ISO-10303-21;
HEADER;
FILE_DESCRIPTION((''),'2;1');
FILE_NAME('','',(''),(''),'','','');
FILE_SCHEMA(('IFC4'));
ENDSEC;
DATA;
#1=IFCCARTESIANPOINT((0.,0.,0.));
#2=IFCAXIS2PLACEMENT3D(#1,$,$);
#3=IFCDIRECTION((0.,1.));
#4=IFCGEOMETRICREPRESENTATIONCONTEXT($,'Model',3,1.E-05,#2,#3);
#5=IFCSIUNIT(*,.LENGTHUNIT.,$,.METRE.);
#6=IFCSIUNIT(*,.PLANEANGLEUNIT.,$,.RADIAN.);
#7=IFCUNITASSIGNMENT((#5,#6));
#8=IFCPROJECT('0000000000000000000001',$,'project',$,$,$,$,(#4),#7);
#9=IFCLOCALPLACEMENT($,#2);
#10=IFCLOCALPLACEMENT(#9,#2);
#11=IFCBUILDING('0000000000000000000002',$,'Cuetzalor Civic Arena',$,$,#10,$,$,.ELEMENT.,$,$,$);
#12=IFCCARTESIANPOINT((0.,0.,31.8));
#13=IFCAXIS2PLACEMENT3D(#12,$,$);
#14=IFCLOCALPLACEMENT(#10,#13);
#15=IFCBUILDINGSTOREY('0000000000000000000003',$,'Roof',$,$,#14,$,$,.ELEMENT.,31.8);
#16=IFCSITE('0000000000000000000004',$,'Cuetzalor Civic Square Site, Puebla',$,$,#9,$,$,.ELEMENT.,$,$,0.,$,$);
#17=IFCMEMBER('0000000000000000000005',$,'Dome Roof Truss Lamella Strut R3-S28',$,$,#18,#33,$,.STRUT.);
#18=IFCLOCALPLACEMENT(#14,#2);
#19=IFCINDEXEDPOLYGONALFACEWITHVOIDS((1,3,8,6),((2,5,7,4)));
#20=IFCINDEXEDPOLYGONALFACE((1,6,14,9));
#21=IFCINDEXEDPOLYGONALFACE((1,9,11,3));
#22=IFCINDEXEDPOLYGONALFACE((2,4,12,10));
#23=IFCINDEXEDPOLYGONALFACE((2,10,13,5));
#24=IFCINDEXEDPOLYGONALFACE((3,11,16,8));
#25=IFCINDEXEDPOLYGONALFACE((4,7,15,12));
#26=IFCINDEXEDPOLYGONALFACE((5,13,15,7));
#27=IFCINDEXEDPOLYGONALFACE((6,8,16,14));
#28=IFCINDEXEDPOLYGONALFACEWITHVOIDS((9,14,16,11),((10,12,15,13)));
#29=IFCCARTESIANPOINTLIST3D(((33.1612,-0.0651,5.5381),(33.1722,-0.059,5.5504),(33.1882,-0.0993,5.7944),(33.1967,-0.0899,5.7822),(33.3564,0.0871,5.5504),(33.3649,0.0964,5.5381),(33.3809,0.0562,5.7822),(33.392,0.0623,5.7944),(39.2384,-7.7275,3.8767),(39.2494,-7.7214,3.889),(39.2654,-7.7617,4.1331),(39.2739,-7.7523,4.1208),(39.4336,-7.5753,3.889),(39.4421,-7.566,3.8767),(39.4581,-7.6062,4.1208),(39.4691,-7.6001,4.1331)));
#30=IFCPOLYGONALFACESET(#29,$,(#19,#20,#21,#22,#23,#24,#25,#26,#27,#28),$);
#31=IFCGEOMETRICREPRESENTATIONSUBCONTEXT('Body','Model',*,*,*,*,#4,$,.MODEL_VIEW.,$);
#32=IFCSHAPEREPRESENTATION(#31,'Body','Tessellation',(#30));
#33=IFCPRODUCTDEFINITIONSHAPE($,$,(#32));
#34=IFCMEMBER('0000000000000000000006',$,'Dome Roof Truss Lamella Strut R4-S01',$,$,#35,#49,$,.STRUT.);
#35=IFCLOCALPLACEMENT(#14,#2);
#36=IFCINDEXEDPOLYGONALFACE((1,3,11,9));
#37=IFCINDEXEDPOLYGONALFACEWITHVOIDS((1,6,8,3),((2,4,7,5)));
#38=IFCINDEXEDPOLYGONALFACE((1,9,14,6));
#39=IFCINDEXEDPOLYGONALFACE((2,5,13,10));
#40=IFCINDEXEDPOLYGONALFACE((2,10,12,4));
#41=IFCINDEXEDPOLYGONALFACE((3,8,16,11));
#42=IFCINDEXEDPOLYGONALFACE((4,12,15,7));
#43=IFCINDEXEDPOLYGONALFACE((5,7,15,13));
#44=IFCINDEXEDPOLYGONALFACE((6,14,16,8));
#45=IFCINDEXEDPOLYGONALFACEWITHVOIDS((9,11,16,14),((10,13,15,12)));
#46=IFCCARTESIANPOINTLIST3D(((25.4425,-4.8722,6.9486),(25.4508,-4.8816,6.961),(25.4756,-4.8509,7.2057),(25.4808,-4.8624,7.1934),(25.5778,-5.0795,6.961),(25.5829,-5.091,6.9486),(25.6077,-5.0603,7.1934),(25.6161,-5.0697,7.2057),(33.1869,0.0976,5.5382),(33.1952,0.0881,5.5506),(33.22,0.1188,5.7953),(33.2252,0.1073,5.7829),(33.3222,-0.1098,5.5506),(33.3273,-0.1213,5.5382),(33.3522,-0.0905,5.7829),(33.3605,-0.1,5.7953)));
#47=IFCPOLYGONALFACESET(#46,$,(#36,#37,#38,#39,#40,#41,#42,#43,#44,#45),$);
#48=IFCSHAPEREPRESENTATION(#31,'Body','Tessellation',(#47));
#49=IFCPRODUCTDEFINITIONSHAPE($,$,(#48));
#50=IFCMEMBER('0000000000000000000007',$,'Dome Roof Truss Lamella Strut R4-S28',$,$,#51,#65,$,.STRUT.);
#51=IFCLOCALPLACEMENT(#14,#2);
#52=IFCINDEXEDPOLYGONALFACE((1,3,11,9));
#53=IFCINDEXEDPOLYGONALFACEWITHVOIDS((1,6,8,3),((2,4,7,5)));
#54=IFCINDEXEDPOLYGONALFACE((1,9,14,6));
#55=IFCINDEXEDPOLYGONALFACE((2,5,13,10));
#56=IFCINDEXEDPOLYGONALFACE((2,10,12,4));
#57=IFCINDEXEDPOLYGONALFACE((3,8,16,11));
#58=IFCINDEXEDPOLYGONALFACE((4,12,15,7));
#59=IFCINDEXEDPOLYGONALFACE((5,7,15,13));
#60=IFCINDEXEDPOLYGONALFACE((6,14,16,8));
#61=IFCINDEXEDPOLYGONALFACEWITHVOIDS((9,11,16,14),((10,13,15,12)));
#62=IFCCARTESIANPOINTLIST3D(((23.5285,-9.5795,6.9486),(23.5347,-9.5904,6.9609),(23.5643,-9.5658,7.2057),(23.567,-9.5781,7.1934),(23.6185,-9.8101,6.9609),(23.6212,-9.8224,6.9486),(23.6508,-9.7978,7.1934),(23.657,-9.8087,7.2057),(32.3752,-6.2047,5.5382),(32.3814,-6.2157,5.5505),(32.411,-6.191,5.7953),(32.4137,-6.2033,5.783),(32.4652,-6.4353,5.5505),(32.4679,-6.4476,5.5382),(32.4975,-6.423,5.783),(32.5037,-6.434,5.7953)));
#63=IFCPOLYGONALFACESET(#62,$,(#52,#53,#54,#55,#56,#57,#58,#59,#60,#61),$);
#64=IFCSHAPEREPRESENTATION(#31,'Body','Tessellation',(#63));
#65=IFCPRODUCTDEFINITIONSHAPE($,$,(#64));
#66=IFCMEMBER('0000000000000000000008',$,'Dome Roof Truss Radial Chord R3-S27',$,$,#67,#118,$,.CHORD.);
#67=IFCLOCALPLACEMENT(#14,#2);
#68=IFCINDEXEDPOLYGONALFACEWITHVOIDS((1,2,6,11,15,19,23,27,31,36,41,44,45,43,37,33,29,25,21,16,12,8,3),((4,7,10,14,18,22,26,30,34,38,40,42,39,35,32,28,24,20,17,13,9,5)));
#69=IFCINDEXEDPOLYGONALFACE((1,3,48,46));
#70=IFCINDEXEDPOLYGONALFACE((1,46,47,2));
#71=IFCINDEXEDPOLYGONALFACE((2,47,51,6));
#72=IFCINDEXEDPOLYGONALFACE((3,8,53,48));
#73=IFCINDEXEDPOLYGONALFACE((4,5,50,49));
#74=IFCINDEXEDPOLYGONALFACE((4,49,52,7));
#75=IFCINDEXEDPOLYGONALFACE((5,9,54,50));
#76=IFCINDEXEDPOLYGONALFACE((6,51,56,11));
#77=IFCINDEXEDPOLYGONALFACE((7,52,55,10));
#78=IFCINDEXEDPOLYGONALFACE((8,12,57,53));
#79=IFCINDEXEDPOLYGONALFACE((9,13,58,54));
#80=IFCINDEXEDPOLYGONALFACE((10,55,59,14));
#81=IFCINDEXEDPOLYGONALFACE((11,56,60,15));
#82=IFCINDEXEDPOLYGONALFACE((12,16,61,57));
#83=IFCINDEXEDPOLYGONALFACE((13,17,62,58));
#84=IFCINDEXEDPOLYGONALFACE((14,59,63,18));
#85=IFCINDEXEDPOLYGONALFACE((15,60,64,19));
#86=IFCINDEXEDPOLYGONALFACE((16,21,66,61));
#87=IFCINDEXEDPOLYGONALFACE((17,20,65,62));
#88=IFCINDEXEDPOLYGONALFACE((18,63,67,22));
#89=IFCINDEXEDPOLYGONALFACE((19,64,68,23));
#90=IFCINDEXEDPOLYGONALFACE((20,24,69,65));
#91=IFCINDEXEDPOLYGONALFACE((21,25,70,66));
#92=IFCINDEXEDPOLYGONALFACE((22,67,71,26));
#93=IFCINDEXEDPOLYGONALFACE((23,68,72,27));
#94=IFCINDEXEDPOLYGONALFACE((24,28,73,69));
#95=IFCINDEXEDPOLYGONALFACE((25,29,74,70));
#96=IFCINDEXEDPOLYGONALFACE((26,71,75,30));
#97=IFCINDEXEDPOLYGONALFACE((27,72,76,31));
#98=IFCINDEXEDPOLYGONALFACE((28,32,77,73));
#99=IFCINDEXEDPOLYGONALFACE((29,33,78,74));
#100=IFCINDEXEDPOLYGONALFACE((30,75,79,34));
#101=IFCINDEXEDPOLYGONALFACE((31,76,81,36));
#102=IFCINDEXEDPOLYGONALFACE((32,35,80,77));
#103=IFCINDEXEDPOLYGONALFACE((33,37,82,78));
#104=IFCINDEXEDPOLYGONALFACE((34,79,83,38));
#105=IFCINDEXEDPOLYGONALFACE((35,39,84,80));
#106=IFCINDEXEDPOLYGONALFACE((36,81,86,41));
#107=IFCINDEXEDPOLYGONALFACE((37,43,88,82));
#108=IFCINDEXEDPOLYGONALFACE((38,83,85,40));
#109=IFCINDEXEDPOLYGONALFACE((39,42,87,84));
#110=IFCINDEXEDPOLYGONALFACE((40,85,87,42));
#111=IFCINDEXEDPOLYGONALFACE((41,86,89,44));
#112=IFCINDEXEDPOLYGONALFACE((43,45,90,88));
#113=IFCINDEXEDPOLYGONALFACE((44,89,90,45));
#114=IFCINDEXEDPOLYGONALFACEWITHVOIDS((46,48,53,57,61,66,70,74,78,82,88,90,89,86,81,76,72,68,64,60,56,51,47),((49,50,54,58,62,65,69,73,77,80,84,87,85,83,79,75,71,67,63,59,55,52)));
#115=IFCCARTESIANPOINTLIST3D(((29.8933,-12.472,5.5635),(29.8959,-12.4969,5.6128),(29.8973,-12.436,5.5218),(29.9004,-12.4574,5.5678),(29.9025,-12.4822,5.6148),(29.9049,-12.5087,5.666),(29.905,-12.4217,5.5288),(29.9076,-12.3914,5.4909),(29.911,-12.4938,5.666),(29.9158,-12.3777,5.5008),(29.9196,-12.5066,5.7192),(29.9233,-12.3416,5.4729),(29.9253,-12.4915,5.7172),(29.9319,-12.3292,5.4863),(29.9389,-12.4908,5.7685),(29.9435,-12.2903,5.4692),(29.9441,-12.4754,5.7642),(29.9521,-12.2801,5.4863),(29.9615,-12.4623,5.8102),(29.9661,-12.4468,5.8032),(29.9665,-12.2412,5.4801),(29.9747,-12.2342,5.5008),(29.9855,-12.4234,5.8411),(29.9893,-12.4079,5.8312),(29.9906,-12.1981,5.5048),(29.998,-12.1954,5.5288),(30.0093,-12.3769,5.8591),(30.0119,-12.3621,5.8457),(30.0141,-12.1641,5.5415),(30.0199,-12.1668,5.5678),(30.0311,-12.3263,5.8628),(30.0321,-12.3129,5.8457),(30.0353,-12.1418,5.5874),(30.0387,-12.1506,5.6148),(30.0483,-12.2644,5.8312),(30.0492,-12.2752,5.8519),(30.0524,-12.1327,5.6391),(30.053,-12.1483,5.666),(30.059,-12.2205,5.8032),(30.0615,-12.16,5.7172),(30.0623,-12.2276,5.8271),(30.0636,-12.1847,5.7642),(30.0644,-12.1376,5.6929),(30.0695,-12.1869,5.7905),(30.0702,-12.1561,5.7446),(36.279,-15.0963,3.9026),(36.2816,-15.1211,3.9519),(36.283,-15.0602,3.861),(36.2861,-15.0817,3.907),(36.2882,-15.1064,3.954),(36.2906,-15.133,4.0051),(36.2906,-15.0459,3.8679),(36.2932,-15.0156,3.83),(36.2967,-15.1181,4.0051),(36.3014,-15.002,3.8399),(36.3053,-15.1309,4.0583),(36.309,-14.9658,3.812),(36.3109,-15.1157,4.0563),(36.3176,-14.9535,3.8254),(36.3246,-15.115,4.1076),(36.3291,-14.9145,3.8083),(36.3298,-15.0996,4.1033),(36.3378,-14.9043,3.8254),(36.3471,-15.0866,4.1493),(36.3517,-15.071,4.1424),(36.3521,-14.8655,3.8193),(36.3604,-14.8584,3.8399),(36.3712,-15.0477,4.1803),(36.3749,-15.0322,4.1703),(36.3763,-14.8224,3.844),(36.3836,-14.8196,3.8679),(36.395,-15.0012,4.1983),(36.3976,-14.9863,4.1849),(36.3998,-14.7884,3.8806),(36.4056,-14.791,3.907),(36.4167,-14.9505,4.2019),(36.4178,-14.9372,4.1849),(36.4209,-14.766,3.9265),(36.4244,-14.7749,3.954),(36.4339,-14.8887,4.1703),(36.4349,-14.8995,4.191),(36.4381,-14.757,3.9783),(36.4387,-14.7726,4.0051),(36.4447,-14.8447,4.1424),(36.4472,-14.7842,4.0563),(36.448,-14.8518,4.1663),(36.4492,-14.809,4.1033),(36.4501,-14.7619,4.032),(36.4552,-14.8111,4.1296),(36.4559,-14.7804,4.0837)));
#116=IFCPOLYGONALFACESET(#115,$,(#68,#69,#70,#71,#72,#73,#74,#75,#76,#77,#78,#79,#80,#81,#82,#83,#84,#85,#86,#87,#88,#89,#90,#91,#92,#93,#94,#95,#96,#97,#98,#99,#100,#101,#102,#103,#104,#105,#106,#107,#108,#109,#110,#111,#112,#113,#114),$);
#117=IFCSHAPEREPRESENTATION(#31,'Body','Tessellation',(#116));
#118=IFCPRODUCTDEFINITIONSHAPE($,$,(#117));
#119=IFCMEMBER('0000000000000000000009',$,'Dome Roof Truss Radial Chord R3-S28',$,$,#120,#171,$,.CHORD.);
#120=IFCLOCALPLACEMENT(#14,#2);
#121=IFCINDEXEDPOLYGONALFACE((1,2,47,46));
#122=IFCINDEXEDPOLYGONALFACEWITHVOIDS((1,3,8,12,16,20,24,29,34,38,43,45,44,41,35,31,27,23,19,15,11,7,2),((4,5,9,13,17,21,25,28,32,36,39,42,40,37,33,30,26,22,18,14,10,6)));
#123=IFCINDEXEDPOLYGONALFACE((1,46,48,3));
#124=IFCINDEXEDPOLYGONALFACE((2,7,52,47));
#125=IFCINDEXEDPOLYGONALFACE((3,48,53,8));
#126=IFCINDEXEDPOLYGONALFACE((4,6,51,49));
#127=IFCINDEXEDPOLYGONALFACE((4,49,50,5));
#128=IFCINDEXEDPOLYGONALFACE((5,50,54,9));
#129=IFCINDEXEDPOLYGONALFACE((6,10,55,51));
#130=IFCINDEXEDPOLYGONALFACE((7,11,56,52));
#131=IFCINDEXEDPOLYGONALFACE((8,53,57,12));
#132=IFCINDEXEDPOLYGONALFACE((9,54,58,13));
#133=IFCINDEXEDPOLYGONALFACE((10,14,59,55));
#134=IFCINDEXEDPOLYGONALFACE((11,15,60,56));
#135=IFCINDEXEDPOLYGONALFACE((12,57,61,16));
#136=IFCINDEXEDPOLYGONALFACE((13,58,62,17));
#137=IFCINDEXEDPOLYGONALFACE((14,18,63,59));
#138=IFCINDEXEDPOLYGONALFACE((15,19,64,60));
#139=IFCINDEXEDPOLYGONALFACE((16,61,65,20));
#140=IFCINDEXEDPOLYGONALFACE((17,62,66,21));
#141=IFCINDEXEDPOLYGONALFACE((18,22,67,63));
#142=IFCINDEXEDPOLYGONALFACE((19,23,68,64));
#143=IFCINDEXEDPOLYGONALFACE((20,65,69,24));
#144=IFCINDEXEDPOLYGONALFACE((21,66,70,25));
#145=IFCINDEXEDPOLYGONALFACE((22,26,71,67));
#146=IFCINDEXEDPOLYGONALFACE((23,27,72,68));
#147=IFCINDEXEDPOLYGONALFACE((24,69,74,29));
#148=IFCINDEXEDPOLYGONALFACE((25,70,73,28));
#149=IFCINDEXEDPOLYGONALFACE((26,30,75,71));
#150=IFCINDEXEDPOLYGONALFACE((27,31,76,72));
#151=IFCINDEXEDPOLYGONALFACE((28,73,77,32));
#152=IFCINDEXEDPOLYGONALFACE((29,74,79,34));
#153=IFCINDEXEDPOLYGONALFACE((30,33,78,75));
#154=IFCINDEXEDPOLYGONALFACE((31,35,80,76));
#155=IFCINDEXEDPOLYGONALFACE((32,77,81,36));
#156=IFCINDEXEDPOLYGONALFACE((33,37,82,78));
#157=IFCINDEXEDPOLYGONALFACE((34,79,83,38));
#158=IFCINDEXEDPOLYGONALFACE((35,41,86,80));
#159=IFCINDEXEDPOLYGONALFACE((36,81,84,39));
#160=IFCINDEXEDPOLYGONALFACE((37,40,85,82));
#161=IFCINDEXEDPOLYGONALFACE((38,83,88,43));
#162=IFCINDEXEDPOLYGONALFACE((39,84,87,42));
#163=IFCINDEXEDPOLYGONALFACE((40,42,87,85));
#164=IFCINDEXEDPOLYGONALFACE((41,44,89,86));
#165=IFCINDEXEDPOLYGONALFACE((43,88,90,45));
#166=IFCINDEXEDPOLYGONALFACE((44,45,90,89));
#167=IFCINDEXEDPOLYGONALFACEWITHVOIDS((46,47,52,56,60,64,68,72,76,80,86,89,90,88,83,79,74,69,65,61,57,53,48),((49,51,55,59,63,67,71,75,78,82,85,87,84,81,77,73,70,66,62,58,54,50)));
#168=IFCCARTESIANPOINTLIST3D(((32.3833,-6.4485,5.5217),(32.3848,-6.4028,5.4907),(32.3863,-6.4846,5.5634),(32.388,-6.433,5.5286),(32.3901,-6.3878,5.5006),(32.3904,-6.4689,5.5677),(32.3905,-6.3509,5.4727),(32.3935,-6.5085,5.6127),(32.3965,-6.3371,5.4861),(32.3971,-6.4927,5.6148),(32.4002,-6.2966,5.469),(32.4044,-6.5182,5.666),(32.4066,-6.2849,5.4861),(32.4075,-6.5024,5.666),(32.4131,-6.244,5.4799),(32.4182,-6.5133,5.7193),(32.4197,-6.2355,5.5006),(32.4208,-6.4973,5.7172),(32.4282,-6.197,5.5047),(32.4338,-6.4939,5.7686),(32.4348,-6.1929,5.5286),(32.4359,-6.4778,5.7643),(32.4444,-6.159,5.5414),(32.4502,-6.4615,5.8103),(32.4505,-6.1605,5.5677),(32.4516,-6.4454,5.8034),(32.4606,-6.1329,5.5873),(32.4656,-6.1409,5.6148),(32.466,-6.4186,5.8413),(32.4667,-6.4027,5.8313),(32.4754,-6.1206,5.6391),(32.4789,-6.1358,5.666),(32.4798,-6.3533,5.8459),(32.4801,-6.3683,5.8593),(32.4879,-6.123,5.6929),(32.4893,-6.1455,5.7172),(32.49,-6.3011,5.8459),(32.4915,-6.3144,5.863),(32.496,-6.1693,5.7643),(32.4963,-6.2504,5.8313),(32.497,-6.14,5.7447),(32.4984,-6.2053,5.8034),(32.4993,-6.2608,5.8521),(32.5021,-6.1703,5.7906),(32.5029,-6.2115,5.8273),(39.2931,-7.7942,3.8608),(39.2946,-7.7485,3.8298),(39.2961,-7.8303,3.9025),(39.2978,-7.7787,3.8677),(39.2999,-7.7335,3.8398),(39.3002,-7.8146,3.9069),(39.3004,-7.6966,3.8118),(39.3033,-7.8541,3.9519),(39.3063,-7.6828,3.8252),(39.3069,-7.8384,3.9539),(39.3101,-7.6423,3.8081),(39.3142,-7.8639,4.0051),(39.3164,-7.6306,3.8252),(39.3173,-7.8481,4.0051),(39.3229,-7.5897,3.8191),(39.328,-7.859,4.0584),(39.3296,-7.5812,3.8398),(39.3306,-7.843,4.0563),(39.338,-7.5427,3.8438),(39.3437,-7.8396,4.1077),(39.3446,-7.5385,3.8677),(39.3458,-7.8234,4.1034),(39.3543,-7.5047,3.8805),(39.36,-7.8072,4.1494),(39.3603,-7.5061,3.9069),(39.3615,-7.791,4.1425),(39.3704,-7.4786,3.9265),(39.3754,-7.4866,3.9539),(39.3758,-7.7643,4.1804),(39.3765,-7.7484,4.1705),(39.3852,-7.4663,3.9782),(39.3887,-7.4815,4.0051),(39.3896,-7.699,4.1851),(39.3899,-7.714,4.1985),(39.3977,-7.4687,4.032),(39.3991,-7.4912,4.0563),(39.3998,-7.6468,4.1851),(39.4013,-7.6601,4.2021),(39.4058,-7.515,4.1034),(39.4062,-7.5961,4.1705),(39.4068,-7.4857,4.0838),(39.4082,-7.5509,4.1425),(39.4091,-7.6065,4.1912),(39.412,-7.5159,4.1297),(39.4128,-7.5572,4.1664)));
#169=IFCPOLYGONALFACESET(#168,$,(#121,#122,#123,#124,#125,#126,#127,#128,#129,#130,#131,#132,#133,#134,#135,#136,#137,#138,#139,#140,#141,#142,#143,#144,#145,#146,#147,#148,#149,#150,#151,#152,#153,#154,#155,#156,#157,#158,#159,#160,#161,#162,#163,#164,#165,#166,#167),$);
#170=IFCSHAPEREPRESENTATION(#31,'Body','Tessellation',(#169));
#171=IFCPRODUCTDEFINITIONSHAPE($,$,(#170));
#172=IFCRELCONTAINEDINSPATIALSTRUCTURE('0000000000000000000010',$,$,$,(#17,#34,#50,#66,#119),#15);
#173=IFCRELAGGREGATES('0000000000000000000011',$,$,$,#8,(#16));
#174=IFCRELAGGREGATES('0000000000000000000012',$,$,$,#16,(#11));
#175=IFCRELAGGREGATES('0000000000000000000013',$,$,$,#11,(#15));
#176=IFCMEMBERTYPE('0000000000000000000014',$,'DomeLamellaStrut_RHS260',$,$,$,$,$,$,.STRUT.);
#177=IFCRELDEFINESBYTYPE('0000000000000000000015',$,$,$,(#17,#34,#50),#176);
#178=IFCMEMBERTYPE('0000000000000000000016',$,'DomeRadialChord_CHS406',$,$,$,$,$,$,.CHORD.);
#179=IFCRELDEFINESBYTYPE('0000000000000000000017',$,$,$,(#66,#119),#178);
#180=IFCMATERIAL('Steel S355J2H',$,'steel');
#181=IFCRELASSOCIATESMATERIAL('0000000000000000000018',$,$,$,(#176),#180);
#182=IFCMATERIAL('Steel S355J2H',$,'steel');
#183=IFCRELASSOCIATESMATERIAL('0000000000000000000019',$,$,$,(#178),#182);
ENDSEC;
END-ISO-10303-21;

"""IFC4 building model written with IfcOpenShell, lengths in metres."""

from ifc_helpers import new_model, si_unit, direction, frame, origin, origin_2d, place, context, subcontext, project, spatial, hollow_rectangle, hollow_circle, extrude, material, material_profile, profile_set, type_object, element, save


model = new_model("IFC4")

# Units and contexts
model_context = context("Model", 3, precision=1e-05, world=origin(), true_north=direction((0.0, 1.0)))
body_context = subcontext(model_context, "Body", "Model", "MODEL_VIEW")
ifc_project = project(units=[si_unit("LENGTHUNIT", "METRE"), si_unit("PLANEANGLEUNIT", "RADIAN")], contexts=[model_context])

# Site, building, storey
site_placement = place(None, origin())
site = spatial("IfcSite", under=ifc_project, at=site_placement, Name="Cuetzalor Civic Square Site, Puebla", CompositionType="ELEMENT", RefElevation=0.0)
building_placement = place(site_placement, origin())
building = spatial("IfcBuilding", under=site, at=building_placement, Name="Cuetzalor Civic Arena", CompositionType="ELEMENT")
storey_placement = place(building_placement, frame((0.0, 0.0, 31.8)))
storey = spatial("IfcBuildingStorey", under=building, at=storey_placement, Name="Roof", CompositionType="ELEMENT", Elevation=31.8)

# Members
ifc_material_1 = material(Name="Steel S355J2H", Category="steel")
ifc_material_profile_1 = material_profile(ifc_material_1, hollow_rectangle(XDim=0.26, YDim=0.26, WallThickness=0.0125, at=origin_2d()), Name="RHS 260x260x12.5")
ifc_profile_set_1 = profile_set([ifc_material_profile_1], Name="Steel S355J2H")
member_type_1 = type_object("IfcMemberType", Name="DomeLamellaStrut_RHS260", PredefinedType="STRUT", material=ifc_profile_set_1)
member_1_placement = place(storey_placement, frame((39.3538, -7.6638, 4.0049), z_axis=(-0.612625, 0.772426, 0.16748), x_axis=(-0.783492, -0.621402, 0.0)))
element("IfcMember", 1, at=member_1_placement, inside=storey, type_object=member_type_1, Name="Dome Roof Truss Lamella Strut R3-S28", PredefinedType="STRUT", context=body_context, shape_type="SweptSolid", body=[
    extrude(hollow_rectangle(XDim=0.26, YDim=0.26, WallThickness=0.0125, at=origin_2d()), origin(), (0.0, 0.0, 1.0), 9.9199),
])
member_2_placement = place(storey_placement, frame((33.2737, -0.0012, 5.6667), z_axis=(-0.831898, -0.533846, 0.151505), x_axis=(0.54008, -0.841614, 0.0)))
element("IfcMember", 2, at=member_2_placement, inside=storey, type_object=member_type_1, Name="Dome Roof Truss Lamella Strut R4-S01", PredefinedType="STRUT", context=body_context, shape_type="SweptSolid", body=[
    extrude(hollow_rectangle(XDim=0.26, YDim=0.26, WallThickness=0.0125, at=origin_2d()), origin(), (0.0, 0.0, 1.0), 9.3093),
])
member_3_placement = place(storey_placement, frame((32.4395, -6.3193, 5.6667), z_axis=(-0.92413, -0.352529, 0.147331), x_axis=(0.356419, -0.934326, 0.0)))
element("IfcMember", 3, at=member_3_placement, inside=storey, type_object=member_type_1, Name="Dome Roof Truss Lamella Strut R4-S28", PredefinedType="STRUT", context=body_context, shape_type="SweptSolid", body=[
    extrude(hollow_rectangle(XDim=0.26, YDim=0.26, WallThickness=0.0125, at=origin_2d()), origin(), (0.0, 0.0, 1.0), 9.573),
])
ifc_material_2 = material(Name="Steel S355J2H", Category="steel")
ifc_material_profile_2 = material_profile(ifc_material_2, hollow_circle(Radius=0.2029, WallThickness=0.0161, at=origin_2d()), Name="CHS 406x16")
ifc_profile_set_2 = profile_set([ifc_material_profile_2], Name="Steel S355J2H")
member_type_2 = type_object("IfcMemberType", Name="DomeRadialChord_CHS406", PredefinedType="CHORD", material=ifc_profile_set_2)
member_4_placement = place(storey_placement, frame((36.3677, -14.9453, 4.0051), z_axis=(-0.899284, 0.369567, 0.233898), x_axis=(-0.380111, -0.924941, 0.0)))
element("IfcMember", 4, at=member_4_placement, inside=storey, type_object=member_type_2, Name="Dome Roof Truss Radial Chord R3-S27", PredefinedType="CHORD", context=body_context, shape_type="SweptSolid", body=[
    extrude(hollow_circle(Radius=0.2029, WallThickness=0.0161, at=origin_2d()), origin(), (0.0, 0.0, 1.0), 7.1008),
])
member_5_placement = place(storey_placement, frame((39.353, -7.6648, 4.0051), z_axis=(-0.955331, 0.18605, 0.229626), x_axis=(-0.191158, -0.981559, 0.0)))
element("IfcMember", 5, at=member_5_placement, inside=storey, type_object=member_type_2, Name="Dome Roof Truss Radial Chord R3-S28", PredefinedType="CHORD", context=body_context, shape_type="SweptSolid", body=[
    extrude(hollow_circle(Radius=0.2029, WallThickness=0.0161, at=origin_2d()), origin(), (0.0, 0.0, 1.0), 7.2329),
])

save(model, "model.ifc")
